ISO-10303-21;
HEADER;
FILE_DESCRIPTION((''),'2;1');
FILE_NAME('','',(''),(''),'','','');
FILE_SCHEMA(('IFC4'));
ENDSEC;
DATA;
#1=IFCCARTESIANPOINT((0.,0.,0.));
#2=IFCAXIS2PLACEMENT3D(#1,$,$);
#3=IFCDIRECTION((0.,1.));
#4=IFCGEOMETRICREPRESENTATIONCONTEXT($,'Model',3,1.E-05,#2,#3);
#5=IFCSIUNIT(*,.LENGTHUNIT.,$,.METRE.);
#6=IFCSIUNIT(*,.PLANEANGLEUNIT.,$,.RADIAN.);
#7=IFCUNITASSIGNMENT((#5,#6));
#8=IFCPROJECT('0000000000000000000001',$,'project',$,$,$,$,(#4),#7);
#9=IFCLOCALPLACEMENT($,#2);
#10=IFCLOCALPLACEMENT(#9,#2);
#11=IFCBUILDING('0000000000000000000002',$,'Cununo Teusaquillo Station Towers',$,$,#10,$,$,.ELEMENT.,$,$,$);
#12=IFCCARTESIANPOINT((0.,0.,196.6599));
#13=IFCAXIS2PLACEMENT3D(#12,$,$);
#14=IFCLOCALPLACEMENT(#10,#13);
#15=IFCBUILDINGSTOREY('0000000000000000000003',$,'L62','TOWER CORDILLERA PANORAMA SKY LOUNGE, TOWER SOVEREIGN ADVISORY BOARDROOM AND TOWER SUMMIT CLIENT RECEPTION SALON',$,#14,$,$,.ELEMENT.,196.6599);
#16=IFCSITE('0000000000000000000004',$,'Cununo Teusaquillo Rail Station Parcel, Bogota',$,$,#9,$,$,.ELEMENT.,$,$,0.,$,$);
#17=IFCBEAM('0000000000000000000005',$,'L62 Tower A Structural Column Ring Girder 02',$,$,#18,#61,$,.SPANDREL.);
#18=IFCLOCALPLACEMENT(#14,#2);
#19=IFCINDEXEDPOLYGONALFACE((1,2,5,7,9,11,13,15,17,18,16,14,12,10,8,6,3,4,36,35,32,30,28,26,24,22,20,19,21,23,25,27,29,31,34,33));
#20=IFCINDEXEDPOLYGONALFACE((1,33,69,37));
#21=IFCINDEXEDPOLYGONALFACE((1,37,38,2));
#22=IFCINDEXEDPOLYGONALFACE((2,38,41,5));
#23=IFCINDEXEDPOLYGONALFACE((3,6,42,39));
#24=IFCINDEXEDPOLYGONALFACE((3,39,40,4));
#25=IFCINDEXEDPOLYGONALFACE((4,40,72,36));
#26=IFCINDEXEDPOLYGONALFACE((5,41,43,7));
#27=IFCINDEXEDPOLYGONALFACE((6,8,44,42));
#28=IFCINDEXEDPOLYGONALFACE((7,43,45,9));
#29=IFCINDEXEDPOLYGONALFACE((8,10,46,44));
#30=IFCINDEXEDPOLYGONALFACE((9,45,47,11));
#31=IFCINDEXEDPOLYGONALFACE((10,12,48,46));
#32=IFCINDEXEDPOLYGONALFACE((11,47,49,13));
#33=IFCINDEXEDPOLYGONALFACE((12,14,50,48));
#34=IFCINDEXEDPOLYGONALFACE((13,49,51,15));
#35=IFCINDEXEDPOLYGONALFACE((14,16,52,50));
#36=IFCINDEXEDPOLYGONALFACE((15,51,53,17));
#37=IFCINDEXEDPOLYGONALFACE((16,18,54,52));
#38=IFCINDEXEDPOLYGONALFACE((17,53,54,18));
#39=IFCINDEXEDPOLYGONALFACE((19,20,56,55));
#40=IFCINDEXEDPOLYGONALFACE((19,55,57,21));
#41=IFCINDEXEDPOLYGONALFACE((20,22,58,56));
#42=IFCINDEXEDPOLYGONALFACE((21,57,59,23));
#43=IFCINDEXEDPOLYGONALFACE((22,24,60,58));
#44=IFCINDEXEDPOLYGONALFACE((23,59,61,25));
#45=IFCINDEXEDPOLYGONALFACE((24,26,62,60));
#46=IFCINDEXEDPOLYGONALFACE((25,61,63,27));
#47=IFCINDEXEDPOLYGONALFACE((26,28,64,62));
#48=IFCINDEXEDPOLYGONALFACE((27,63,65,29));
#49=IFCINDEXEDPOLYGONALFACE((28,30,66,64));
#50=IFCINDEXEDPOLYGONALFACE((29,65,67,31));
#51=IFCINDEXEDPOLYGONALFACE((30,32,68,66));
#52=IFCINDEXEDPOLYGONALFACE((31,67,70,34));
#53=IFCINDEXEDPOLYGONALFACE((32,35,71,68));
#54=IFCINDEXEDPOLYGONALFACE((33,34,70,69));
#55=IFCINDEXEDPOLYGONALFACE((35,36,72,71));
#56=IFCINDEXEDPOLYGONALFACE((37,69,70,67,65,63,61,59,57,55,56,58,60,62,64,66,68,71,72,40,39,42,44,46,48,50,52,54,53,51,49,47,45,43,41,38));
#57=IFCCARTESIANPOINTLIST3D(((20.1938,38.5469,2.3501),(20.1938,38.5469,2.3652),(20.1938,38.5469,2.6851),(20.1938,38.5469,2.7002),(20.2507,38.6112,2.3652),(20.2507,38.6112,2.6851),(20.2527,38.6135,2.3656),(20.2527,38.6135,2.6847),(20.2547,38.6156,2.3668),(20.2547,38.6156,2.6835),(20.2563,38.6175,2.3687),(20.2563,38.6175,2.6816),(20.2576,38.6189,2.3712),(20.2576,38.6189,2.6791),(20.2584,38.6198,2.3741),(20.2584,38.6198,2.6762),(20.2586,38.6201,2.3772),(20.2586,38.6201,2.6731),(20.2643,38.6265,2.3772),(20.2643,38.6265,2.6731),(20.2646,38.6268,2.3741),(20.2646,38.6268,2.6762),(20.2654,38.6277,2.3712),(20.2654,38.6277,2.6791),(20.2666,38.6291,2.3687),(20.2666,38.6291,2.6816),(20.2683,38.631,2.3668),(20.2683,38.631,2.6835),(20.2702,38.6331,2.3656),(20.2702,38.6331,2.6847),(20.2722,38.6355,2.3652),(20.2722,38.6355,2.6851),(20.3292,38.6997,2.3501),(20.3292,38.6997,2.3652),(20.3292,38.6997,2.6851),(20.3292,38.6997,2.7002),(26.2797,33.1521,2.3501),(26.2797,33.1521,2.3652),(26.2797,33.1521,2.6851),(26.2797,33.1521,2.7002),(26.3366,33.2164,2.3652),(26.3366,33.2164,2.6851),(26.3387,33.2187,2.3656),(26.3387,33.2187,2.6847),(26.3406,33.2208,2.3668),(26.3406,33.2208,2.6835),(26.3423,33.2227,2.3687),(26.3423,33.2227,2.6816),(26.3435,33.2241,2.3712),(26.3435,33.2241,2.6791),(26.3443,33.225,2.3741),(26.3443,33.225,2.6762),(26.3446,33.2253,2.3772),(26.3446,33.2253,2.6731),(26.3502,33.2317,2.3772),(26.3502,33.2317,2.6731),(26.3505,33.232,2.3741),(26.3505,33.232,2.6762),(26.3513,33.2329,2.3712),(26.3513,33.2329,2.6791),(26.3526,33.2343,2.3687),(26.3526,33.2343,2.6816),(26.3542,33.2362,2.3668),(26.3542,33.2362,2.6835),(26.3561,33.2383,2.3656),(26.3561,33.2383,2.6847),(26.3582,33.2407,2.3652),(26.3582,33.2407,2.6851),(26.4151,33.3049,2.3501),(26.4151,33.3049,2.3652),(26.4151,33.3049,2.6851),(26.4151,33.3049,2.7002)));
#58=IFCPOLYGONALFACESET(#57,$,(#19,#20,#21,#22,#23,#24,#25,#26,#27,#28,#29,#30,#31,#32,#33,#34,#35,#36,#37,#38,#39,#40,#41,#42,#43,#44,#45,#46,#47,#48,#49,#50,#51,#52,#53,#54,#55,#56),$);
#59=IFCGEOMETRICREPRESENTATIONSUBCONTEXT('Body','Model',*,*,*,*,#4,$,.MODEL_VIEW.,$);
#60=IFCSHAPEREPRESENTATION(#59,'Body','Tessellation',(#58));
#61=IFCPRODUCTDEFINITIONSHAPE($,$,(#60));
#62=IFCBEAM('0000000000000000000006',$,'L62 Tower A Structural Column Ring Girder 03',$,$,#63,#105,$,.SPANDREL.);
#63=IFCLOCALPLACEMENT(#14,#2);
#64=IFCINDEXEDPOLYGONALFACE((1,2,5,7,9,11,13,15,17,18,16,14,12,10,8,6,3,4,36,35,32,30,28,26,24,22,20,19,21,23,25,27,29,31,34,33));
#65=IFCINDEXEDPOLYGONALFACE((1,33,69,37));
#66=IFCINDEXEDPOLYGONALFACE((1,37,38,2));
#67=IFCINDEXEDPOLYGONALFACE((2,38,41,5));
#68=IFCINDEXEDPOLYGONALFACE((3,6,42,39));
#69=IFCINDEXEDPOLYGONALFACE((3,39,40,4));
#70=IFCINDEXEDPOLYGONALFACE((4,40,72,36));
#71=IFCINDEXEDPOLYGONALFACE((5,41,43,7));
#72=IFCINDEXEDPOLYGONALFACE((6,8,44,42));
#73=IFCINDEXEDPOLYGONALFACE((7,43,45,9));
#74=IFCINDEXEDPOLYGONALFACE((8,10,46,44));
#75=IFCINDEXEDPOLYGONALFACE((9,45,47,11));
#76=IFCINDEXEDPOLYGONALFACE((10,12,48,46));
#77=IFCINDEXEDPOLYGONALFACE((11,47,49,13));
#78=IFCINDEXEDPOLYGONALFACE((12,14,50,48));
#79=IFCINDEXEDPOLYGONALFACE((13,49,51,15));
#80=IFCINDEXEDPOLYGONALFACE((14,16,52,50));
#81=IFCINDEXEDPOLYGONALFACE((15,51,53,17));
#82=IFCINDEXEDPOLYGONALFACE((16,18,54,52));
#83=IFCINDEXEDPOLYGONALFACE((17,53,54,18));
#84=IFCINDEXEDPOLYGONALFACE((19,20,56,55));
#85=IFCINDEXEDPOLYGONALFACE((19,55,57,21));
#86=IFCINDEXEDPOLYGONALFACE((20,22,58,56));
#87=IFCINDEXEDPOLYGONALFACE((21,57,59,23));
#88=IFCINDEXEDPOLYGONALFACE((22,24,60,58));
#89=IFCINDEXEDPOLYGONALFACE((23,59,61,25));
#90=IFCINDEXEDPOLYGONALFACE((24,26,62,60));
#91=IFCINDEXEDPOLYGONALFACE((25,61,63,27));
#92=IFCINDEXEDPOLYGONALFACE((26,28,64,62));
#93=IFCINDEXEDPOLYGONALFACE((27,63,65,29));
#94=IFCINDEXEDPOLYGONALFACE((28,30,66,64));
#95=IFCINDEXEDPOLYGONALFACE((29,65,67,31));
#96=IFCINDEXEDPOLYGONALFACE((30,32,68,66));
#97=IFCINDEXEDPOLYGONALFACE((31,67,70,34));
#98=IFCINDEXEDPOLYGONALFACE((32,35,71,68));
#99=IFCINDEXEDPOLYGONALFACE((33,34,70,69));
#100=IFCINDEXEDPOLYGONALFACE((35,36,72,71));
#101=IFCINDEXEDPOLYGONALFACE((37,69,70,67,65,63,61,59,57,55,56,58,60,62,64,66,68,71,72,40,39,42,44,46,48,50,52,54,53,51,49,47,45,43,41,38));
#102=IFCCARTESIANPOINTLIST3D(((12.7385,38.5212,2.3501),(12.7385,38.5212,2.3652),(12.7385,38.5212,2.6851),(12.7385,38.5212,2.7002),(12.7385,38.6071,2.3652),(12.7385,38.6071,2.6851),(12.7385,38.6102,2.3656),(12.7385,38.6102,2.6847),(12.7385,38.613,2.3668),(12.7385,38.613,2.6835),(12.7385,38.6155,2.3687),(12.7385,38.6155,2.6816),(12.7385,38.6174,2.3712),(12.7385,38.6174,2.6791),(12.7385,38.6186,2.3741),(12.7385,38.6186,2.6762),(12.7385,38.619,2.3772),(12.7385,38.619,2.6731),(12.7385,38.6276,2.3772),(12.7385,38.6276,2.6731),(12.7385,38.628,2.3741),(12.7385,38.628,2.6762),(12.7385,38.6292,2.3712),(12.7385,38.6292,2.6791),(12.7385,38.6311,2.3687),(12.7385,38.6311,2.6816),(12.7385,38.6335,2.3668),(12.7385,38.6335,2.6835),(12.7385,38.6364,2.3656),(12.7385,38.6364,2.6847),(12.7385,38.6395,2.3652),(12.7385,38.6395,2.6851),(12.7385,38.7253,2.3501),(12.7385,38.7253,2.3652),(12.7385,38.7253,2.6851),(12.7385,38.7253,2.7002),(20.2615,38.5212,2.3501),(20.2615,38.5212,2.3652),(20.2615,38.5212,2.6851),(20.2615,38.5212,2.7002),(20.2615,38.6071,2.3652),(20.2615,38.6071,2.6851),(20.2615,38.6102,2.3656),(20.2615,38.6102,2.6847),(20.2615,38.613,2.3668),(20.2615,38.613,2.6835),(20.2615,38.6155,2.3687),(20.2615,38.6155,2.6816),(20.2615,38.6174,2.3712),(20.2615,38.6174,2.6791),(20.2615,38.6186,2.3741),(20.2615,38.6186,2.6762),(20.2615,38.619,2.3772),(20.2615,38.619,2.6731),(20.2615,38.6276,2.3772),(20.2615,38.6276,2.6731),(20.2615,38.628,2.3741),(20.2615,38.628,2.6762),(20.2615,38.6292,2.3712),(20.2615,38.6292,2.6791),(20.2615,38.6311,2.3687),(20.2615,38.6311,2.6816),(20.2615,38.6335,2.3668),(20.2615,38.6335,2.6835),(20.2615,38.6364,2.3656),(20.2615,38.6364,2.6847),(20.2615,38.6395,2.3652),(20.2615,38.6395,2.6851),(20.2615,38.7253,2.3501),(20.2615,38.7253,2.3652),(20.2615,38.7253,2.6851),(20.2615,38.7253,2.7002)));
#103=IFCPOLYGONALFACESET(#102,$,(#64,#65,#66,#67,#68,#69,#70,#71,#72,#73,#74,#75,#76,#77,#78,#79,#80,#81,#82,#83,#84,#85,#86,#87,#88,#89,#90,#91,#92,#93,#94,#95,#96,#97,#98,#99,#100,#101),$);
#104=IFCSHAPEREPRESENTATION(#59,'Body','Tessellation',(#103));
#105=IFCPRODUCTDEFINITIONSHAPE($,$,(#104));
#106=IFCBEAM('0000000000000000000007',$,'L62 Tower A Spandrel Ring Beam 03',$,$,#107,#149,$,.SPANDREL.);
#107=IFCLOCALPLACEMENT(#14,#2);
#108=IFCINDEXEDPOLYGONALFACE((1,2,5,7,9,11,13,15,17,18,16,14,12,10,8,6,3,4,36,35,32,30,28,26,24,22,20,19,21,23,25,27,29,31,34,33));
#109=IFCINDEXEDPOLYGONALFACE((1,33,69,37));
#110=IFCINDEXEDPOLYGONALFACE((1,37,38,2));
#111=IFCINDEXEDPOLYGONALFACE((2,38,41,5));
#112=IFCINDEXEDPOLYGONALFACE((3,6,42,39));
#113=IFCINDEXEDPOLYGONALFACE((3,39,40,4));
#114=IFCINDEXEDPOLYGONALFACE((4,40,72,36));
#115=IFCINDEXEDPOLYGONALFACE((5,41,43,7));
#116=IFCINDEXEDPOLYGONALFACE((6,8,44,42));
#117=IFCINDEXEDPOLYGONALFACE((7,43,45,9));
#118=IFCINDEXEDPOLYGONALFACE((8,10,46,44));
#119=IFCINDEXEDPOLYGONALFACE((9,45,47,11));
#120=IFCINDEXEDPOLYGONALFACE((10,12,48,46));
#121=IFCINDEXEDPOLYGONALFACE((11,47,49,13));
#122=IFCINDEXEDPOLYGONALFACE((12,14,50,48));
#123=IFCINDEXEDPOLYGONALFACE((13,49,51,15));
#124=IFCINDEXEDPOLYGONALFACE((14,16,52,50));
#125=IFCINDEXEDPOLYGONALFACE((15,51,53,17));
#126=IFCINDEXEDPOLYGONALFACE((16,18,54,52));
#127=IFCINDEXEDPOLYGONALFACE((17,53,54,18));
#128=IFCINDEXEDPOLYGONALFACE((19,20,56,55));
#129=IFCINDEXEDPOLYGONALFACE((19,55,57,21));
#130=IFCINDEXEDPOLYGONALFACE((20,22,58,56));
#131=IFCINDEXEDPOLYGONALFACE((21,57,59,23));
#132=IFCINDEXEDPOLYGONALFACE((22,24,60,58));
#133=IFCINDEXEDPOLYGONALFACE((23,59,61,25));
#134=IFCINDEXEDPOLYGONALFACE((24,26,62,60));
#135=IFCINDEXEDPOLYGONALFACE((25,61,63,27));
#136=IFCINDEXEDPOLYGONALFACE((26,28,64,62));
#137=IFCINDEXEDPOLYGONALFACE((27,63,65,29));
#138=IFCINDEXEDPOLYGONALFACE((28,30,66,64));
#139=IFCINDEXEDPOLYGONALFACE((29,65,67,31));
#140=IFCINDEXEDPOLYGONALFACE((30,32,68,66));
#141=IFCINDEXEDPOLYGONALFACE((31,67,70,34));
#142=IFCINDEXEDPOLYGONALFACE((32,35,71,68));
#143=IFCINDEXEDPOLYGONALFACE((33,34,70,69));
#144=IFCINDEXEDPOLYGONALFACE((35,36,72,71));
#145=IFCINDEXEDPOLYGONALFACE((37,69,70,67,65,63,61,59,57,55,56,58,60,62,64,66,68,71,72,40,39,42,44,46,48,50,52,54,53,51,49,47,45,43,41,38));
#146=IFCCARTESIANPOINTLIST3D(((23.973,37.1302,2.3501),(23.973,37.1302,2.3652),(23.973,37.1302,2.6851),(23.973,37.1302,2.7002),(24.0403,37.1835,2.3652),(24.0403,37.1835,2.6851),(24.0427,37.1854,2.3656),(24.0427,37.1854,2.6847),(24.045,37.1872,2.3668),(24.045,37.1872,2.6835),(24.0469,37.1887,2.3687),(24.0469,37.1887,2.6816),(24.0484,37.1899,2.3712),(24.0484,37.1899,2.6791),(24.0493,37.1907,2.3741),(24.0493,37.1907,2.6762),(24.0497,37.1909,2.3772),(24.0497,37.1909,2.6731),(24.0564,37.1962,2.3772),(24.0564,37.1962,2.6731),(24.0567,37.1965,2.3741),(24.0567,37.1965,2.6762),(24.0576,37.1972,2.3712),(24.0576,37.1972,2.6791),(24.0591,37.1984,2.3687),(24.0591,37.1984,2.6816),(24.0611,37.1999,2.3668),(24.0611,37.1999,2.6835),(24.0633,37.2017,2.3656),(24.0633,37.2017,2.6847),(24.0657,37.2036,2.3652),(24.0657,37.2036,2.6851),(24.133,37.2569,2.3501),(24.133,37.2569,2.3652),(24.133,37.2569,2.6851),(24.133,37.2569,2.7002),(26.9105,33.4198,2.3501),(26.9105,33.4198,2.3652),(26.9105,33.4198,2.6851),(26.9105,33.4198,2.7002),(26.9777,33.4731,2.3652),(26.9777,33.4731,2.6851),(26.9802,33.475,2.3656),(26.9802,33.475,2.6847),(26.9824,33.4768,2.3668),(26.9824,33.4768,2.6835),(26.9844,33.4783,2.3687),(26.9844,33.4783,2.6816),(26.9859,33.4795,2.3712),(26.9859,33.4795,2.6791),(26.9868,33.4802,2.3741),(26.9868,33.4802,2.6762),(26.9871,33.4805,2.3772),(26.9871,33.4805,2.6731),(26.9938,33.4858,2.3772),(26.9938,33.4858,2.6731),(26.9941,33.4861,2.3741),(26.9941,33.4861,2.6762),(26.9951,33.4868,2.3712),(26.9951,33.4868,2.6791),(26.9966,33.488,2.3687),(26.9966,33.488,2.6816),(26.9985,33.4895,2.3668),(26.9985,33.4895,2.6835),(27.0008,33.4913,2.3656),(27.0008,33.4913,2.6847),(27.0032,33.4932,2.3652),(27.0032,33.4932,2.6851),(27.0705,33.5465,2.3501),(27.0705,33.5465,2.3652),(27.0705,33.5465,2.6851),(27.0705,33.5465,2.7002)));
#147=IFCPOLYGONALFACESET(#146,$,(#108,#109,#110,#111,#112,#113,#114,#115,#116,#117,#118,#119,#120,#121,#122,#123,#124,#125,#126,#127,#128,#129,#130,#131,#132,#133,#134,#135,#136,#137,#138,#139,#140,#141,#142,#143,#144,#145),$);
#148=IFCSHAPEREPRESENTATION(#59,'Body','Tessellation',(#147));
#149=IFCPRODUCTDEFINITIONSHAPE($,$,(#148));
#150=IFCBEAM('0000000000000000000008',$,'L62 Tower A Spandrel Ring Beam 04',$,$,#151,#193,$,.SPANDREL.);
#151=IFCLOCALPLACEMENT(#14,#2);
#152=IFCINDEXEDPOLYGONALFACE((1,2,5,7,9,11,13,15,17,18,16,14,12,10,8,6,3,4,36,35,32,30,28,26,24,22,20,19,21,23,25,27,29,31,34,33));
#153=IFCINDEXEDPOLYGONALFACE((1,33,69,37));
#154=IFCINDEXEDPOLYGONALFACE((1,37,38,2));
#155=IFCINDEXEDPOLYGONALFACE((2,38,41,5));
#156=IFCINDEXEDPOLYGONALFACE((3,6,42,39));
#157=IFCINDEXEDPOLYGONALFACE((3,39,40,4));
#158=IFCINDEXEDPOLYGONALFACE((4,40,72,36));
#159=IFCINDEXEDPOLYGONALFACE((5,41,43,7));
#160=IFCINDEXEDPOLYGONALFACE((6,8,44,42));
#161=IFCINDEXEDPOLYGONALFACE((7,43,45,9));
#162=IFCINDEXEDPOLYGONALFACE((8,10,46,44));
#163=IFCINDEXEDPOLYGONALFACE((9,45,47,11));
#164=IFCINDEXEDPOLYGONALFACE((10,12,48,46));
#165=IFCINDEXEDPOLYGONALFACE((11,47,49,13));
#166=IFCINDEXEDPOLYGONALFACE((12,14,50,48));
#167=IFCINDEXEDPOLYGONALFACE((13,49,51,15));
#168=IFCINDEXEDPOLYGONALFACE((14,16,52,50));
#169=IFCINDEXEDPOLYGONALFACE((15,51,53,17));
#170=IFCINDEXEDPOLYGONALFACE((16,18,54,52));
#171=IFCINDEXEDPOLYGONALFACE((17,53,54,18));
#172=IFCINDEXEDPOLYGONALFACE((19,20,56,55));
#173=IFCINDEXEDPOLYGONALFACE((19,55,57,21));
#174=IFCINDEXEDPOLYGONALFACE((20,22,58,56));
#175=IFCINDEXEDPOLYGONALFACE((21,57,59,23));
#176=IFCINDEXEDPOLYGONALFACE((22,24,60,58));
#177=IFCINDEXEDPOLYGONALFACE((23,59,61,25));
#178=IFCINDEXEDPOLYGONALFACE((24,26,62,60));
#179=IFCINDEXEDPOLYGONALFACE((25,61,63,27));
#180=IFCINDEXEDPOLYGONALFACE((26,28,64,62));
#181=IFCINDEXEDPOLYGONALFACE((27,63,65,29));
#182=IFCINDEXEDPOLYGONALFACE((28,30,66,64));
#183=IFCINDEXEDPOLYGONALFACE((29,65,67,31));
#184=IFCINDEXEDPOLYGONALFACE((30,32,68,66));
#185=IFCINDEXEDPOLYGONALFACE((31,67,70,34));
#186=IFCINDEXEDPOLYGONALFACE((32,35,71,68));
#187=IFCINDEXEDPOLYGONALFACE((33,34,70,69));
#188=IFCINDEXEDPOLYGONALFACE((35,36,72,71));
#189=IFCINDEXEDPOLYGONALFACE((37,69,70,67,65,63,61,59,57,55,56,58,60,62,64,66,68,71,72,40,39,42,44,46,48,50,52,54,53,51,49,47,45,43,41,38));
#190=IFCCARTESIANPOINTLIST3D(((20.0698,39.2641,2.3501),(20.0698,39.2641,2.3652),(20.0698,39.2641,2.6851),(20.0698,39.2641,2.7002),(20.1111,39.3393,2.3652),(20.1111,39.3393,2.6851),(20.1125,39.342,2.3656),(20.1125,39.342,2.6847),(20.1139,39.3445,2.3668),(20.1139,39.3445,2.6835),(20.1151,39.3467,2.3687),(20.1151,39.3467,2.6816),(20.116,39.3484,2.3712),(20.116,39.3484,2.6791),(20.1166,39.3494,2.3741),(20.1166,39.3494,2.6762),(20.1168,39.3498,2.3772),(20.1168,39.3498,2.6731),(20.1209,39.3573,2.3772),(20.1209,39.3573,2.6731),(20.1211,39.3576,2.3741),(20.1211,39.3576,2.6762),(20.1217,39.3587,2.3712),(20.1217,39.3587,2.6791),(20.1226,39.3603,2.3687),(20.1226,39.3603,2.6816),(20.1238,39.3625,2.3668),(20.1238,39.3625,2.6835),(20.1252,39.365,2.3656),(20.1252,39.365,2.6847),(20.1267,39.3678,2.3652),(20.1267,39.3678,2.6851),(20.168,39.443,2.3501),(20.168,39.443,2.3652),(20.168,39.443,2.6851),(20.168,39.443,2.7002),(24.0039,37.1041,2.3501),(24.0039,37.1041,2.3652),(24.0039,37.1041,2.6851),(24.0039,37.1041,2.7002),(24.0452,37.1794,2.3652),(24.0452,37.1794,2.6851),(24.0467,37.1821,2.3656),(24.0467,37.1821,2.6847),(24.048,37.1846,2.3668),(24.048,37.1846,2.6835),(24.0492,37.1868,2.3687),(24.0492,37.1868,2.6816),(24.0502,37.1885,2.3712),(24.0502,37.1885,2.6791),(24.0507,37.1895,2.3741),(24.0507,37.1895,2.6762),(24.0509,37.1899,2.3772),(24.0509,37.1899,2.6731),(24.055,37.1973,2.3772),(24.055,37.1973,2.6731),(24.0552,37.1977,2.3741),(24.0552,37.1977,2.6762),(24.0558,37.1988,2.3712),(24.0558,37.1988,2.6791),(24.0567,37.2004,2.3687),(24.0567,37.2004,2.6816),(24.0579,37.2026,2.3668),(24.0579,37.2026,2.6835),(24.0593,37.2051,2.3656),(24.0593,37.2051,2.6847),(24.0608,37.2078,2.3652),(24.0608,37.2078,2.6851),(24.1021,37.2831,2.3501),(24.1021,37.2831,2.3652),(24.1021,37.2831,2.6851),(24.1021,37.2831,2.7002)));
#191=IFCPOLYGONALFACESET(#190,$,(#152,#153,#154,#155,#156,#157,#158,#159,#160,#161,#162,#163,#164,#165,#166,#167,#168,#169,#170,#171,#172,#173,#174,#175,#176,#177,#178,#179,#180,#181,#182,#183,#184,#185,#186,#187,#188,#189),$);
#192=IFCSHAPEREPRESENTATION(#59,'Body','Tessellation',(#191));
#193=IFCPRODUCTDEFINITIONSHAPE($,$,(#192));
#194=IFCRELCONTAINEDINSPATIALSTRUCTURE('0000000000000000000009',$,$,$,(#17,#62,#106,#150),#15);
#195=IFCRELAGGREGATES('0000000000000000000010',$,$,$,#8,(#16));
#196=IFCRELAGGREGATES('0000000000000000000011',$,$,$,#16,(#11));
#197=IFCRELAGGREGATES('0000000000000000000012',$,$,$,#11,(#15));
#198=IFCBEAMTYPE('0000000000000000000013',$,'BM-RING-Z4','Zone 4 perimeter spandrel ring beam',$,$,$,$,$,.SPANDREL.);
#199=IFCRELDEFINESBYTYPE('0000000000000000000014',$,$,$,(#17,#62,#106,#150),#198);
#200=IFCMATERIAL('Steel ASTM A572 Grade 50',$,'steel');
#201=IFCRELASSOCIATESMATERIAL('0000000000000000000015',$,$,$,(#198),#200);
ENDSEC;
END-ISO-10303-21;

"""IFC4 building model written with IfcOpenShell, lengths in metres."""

from ifc_helpers import new_model, si_unit, direction, frame, origin, origin_2d, place, context, subcontext, project, spatial, i_section, extrude, material, material_profile, profile_set, type_object, element, save


model = new_model("IFC4")

# Units and contexts
model_context = context("Model", 3, precision=1e-05, world=origin(), true_north=direction((0.0, 1.0)))
body_context = subcontext(model_context, "Body", "Model", "MODEL_VIEW")
ifc_project = project(units=[si_unit("LENGTHUNIT", "METRE"), si_unit("PLANEANGLEUNIT", "RADIAN")], contexts=[model_context])

# Site, building, storey
site_placement = place(None, origin())
site = spatial("IfcSite", under=ifc_project, at=site_placement, Name="Cununo Teusaquillo Rail Station Parcel, Bogota", CompositionType="ELEMENT", RefElevation=0.0)
building_placement = place(site_placement, origin())
building = spatial("IfcBuilding", under=site, at=building_placement, Name="Cununo Teusaquillo Station Towers", CompositionType="ELEMENT")
storey_placement = place(building_placement, frame((0.0, 0.0, 196.6599)))
storey = spatial("IfcBuildingStorey", under=building, at=storey_placement, Name="L62", Description="TOWER CORDILLERA PANORAMA SKY LOUNGE, TOWER SOVEREIGN ADVISORY BOARDROOM AND TOWER SUMMIT CLIENT RECEPTION SALON", CompositionType="ELEMENT", Elevation=196.6599)

# Beams
ifc_material_1 = material(Name="Steel ASTM A572 Grade 50", Category="steel")
ifc_material_profile_1 = material_profile(ifc_material_1, i_section(OverallWidth=0.2041, OverallDepth=0.3501, WebThickness=0.0085, FlangeThickness=0.0151, FilletRadius=0.012, at=origin_2d()), Name="W14X48")
ifc_profile_set_1 = profile_set([ifc_material_profile_1], Name="Steel ASTM A572 Grade 50")
beam_type_1 = type_object("IfcBeamType", Name="BM-RING-Z4", Description="Zone 4 perimeter spandrel ring beam", PredefinedType="SPANDREL", material=ifc_profile_set_1)
beam_1_placement = place(storey_placement, frame((26.3474, 33.2285, 2.5251), z_axis=(-0.748321, 0.663337, 0.0), x_axis=(-0.663337, -0.748321, 0.0)))
element("IfcBeam", 1, at=beam_1_placement, inside=storey, type_object=beam_type_1, Name="L62 Tower A Structural Column Ring Girder 02", PredefinedType="SPANDREL", context=body_context, shape_type="SweptSolid", body=[
    extrude(i_section(OverallWidth=0.2041, OverallDepth=0.3501, WebThickness=0.0085, FlangeThickness=0.0151, FilletRadius=0.012, at=origin_2d()), origin(), (0.0, 0.0, 1.0), 8.1328),
])
beam_2_placement = place(storey_placement, frame((20.2615, 38.6233, 2.5251), z_axis=(-1.0, 0.0, 0.0), x_axis=(0.0, -1.0, 0.0)))
element("IfcBeam", 2, at=beam_2_placement, inside=storey, type_object=beam_type_1, Name="L62 Tower A Structural Column Ring Girder 03", PredefinedType="SPANDREL", context=body_context, shape_type="SweptSolid", body=[
    extrude(i_section(OverallWidth=0.2041, OverallDepth=0.3501, WebThickness=0.0085, FlangeThickness=0.0151, FilletRadius=0.012, at=origin_2d()), origin(), (0.0, 0.0, 1.0), 7.5229),
])
beam_3_placement = place(storey_placement, frame((26.9905, 33.4832, 2.5251), z_axis=(-0.620711, 0.78404, 0.0), x_axis=(-0.78404, -0.620711, 0.0)))
element("IfcBeam", 3, at=beam_3_placement, inside=storey, type_object=beam_type_1, Name="L62 Tower A Spandrel Ring Beam 03", PredefinedType="SPANDREL", context=body_context, shape_type="SweptSolid", body=[
    extrude(i_section(OverallWidth=0.2041, OverallDepth=0.3501, WebThickness=0.0085, FlangeThickness=0.0151, FilletRadius=0.012, at=origin_2d()), origin(), (0.0, 0.0, 1.0), 4.7324),
])
beam_4_placement = place(storey_placement, frame((24.053, 37.1936, 2.5251), z_axis=(-0.876576, 0.481263, 0.0), x_axis=(-0.481263, -0.876576, 0.0)))
element("IfcBeam", 4, at=beam_4_placement, inside=storey, type_object=beam_type_1, Name="L62 Tower A Spandrel Ring Beam 04", PredefinedType="SPANDREL", context=body_context, shape_type="SweptSolid", body=[
    extrude(i_section(OverallWidth=0.2041, OverallDepth=0.3501, WebThickness=0.0085, FlangeThickness=0.0151, FilletRadius=0.012, at=origin_2d()), origin(), (0.0, 0.0, 1.0), 4.488),
])

save(model, "model.ifc")
